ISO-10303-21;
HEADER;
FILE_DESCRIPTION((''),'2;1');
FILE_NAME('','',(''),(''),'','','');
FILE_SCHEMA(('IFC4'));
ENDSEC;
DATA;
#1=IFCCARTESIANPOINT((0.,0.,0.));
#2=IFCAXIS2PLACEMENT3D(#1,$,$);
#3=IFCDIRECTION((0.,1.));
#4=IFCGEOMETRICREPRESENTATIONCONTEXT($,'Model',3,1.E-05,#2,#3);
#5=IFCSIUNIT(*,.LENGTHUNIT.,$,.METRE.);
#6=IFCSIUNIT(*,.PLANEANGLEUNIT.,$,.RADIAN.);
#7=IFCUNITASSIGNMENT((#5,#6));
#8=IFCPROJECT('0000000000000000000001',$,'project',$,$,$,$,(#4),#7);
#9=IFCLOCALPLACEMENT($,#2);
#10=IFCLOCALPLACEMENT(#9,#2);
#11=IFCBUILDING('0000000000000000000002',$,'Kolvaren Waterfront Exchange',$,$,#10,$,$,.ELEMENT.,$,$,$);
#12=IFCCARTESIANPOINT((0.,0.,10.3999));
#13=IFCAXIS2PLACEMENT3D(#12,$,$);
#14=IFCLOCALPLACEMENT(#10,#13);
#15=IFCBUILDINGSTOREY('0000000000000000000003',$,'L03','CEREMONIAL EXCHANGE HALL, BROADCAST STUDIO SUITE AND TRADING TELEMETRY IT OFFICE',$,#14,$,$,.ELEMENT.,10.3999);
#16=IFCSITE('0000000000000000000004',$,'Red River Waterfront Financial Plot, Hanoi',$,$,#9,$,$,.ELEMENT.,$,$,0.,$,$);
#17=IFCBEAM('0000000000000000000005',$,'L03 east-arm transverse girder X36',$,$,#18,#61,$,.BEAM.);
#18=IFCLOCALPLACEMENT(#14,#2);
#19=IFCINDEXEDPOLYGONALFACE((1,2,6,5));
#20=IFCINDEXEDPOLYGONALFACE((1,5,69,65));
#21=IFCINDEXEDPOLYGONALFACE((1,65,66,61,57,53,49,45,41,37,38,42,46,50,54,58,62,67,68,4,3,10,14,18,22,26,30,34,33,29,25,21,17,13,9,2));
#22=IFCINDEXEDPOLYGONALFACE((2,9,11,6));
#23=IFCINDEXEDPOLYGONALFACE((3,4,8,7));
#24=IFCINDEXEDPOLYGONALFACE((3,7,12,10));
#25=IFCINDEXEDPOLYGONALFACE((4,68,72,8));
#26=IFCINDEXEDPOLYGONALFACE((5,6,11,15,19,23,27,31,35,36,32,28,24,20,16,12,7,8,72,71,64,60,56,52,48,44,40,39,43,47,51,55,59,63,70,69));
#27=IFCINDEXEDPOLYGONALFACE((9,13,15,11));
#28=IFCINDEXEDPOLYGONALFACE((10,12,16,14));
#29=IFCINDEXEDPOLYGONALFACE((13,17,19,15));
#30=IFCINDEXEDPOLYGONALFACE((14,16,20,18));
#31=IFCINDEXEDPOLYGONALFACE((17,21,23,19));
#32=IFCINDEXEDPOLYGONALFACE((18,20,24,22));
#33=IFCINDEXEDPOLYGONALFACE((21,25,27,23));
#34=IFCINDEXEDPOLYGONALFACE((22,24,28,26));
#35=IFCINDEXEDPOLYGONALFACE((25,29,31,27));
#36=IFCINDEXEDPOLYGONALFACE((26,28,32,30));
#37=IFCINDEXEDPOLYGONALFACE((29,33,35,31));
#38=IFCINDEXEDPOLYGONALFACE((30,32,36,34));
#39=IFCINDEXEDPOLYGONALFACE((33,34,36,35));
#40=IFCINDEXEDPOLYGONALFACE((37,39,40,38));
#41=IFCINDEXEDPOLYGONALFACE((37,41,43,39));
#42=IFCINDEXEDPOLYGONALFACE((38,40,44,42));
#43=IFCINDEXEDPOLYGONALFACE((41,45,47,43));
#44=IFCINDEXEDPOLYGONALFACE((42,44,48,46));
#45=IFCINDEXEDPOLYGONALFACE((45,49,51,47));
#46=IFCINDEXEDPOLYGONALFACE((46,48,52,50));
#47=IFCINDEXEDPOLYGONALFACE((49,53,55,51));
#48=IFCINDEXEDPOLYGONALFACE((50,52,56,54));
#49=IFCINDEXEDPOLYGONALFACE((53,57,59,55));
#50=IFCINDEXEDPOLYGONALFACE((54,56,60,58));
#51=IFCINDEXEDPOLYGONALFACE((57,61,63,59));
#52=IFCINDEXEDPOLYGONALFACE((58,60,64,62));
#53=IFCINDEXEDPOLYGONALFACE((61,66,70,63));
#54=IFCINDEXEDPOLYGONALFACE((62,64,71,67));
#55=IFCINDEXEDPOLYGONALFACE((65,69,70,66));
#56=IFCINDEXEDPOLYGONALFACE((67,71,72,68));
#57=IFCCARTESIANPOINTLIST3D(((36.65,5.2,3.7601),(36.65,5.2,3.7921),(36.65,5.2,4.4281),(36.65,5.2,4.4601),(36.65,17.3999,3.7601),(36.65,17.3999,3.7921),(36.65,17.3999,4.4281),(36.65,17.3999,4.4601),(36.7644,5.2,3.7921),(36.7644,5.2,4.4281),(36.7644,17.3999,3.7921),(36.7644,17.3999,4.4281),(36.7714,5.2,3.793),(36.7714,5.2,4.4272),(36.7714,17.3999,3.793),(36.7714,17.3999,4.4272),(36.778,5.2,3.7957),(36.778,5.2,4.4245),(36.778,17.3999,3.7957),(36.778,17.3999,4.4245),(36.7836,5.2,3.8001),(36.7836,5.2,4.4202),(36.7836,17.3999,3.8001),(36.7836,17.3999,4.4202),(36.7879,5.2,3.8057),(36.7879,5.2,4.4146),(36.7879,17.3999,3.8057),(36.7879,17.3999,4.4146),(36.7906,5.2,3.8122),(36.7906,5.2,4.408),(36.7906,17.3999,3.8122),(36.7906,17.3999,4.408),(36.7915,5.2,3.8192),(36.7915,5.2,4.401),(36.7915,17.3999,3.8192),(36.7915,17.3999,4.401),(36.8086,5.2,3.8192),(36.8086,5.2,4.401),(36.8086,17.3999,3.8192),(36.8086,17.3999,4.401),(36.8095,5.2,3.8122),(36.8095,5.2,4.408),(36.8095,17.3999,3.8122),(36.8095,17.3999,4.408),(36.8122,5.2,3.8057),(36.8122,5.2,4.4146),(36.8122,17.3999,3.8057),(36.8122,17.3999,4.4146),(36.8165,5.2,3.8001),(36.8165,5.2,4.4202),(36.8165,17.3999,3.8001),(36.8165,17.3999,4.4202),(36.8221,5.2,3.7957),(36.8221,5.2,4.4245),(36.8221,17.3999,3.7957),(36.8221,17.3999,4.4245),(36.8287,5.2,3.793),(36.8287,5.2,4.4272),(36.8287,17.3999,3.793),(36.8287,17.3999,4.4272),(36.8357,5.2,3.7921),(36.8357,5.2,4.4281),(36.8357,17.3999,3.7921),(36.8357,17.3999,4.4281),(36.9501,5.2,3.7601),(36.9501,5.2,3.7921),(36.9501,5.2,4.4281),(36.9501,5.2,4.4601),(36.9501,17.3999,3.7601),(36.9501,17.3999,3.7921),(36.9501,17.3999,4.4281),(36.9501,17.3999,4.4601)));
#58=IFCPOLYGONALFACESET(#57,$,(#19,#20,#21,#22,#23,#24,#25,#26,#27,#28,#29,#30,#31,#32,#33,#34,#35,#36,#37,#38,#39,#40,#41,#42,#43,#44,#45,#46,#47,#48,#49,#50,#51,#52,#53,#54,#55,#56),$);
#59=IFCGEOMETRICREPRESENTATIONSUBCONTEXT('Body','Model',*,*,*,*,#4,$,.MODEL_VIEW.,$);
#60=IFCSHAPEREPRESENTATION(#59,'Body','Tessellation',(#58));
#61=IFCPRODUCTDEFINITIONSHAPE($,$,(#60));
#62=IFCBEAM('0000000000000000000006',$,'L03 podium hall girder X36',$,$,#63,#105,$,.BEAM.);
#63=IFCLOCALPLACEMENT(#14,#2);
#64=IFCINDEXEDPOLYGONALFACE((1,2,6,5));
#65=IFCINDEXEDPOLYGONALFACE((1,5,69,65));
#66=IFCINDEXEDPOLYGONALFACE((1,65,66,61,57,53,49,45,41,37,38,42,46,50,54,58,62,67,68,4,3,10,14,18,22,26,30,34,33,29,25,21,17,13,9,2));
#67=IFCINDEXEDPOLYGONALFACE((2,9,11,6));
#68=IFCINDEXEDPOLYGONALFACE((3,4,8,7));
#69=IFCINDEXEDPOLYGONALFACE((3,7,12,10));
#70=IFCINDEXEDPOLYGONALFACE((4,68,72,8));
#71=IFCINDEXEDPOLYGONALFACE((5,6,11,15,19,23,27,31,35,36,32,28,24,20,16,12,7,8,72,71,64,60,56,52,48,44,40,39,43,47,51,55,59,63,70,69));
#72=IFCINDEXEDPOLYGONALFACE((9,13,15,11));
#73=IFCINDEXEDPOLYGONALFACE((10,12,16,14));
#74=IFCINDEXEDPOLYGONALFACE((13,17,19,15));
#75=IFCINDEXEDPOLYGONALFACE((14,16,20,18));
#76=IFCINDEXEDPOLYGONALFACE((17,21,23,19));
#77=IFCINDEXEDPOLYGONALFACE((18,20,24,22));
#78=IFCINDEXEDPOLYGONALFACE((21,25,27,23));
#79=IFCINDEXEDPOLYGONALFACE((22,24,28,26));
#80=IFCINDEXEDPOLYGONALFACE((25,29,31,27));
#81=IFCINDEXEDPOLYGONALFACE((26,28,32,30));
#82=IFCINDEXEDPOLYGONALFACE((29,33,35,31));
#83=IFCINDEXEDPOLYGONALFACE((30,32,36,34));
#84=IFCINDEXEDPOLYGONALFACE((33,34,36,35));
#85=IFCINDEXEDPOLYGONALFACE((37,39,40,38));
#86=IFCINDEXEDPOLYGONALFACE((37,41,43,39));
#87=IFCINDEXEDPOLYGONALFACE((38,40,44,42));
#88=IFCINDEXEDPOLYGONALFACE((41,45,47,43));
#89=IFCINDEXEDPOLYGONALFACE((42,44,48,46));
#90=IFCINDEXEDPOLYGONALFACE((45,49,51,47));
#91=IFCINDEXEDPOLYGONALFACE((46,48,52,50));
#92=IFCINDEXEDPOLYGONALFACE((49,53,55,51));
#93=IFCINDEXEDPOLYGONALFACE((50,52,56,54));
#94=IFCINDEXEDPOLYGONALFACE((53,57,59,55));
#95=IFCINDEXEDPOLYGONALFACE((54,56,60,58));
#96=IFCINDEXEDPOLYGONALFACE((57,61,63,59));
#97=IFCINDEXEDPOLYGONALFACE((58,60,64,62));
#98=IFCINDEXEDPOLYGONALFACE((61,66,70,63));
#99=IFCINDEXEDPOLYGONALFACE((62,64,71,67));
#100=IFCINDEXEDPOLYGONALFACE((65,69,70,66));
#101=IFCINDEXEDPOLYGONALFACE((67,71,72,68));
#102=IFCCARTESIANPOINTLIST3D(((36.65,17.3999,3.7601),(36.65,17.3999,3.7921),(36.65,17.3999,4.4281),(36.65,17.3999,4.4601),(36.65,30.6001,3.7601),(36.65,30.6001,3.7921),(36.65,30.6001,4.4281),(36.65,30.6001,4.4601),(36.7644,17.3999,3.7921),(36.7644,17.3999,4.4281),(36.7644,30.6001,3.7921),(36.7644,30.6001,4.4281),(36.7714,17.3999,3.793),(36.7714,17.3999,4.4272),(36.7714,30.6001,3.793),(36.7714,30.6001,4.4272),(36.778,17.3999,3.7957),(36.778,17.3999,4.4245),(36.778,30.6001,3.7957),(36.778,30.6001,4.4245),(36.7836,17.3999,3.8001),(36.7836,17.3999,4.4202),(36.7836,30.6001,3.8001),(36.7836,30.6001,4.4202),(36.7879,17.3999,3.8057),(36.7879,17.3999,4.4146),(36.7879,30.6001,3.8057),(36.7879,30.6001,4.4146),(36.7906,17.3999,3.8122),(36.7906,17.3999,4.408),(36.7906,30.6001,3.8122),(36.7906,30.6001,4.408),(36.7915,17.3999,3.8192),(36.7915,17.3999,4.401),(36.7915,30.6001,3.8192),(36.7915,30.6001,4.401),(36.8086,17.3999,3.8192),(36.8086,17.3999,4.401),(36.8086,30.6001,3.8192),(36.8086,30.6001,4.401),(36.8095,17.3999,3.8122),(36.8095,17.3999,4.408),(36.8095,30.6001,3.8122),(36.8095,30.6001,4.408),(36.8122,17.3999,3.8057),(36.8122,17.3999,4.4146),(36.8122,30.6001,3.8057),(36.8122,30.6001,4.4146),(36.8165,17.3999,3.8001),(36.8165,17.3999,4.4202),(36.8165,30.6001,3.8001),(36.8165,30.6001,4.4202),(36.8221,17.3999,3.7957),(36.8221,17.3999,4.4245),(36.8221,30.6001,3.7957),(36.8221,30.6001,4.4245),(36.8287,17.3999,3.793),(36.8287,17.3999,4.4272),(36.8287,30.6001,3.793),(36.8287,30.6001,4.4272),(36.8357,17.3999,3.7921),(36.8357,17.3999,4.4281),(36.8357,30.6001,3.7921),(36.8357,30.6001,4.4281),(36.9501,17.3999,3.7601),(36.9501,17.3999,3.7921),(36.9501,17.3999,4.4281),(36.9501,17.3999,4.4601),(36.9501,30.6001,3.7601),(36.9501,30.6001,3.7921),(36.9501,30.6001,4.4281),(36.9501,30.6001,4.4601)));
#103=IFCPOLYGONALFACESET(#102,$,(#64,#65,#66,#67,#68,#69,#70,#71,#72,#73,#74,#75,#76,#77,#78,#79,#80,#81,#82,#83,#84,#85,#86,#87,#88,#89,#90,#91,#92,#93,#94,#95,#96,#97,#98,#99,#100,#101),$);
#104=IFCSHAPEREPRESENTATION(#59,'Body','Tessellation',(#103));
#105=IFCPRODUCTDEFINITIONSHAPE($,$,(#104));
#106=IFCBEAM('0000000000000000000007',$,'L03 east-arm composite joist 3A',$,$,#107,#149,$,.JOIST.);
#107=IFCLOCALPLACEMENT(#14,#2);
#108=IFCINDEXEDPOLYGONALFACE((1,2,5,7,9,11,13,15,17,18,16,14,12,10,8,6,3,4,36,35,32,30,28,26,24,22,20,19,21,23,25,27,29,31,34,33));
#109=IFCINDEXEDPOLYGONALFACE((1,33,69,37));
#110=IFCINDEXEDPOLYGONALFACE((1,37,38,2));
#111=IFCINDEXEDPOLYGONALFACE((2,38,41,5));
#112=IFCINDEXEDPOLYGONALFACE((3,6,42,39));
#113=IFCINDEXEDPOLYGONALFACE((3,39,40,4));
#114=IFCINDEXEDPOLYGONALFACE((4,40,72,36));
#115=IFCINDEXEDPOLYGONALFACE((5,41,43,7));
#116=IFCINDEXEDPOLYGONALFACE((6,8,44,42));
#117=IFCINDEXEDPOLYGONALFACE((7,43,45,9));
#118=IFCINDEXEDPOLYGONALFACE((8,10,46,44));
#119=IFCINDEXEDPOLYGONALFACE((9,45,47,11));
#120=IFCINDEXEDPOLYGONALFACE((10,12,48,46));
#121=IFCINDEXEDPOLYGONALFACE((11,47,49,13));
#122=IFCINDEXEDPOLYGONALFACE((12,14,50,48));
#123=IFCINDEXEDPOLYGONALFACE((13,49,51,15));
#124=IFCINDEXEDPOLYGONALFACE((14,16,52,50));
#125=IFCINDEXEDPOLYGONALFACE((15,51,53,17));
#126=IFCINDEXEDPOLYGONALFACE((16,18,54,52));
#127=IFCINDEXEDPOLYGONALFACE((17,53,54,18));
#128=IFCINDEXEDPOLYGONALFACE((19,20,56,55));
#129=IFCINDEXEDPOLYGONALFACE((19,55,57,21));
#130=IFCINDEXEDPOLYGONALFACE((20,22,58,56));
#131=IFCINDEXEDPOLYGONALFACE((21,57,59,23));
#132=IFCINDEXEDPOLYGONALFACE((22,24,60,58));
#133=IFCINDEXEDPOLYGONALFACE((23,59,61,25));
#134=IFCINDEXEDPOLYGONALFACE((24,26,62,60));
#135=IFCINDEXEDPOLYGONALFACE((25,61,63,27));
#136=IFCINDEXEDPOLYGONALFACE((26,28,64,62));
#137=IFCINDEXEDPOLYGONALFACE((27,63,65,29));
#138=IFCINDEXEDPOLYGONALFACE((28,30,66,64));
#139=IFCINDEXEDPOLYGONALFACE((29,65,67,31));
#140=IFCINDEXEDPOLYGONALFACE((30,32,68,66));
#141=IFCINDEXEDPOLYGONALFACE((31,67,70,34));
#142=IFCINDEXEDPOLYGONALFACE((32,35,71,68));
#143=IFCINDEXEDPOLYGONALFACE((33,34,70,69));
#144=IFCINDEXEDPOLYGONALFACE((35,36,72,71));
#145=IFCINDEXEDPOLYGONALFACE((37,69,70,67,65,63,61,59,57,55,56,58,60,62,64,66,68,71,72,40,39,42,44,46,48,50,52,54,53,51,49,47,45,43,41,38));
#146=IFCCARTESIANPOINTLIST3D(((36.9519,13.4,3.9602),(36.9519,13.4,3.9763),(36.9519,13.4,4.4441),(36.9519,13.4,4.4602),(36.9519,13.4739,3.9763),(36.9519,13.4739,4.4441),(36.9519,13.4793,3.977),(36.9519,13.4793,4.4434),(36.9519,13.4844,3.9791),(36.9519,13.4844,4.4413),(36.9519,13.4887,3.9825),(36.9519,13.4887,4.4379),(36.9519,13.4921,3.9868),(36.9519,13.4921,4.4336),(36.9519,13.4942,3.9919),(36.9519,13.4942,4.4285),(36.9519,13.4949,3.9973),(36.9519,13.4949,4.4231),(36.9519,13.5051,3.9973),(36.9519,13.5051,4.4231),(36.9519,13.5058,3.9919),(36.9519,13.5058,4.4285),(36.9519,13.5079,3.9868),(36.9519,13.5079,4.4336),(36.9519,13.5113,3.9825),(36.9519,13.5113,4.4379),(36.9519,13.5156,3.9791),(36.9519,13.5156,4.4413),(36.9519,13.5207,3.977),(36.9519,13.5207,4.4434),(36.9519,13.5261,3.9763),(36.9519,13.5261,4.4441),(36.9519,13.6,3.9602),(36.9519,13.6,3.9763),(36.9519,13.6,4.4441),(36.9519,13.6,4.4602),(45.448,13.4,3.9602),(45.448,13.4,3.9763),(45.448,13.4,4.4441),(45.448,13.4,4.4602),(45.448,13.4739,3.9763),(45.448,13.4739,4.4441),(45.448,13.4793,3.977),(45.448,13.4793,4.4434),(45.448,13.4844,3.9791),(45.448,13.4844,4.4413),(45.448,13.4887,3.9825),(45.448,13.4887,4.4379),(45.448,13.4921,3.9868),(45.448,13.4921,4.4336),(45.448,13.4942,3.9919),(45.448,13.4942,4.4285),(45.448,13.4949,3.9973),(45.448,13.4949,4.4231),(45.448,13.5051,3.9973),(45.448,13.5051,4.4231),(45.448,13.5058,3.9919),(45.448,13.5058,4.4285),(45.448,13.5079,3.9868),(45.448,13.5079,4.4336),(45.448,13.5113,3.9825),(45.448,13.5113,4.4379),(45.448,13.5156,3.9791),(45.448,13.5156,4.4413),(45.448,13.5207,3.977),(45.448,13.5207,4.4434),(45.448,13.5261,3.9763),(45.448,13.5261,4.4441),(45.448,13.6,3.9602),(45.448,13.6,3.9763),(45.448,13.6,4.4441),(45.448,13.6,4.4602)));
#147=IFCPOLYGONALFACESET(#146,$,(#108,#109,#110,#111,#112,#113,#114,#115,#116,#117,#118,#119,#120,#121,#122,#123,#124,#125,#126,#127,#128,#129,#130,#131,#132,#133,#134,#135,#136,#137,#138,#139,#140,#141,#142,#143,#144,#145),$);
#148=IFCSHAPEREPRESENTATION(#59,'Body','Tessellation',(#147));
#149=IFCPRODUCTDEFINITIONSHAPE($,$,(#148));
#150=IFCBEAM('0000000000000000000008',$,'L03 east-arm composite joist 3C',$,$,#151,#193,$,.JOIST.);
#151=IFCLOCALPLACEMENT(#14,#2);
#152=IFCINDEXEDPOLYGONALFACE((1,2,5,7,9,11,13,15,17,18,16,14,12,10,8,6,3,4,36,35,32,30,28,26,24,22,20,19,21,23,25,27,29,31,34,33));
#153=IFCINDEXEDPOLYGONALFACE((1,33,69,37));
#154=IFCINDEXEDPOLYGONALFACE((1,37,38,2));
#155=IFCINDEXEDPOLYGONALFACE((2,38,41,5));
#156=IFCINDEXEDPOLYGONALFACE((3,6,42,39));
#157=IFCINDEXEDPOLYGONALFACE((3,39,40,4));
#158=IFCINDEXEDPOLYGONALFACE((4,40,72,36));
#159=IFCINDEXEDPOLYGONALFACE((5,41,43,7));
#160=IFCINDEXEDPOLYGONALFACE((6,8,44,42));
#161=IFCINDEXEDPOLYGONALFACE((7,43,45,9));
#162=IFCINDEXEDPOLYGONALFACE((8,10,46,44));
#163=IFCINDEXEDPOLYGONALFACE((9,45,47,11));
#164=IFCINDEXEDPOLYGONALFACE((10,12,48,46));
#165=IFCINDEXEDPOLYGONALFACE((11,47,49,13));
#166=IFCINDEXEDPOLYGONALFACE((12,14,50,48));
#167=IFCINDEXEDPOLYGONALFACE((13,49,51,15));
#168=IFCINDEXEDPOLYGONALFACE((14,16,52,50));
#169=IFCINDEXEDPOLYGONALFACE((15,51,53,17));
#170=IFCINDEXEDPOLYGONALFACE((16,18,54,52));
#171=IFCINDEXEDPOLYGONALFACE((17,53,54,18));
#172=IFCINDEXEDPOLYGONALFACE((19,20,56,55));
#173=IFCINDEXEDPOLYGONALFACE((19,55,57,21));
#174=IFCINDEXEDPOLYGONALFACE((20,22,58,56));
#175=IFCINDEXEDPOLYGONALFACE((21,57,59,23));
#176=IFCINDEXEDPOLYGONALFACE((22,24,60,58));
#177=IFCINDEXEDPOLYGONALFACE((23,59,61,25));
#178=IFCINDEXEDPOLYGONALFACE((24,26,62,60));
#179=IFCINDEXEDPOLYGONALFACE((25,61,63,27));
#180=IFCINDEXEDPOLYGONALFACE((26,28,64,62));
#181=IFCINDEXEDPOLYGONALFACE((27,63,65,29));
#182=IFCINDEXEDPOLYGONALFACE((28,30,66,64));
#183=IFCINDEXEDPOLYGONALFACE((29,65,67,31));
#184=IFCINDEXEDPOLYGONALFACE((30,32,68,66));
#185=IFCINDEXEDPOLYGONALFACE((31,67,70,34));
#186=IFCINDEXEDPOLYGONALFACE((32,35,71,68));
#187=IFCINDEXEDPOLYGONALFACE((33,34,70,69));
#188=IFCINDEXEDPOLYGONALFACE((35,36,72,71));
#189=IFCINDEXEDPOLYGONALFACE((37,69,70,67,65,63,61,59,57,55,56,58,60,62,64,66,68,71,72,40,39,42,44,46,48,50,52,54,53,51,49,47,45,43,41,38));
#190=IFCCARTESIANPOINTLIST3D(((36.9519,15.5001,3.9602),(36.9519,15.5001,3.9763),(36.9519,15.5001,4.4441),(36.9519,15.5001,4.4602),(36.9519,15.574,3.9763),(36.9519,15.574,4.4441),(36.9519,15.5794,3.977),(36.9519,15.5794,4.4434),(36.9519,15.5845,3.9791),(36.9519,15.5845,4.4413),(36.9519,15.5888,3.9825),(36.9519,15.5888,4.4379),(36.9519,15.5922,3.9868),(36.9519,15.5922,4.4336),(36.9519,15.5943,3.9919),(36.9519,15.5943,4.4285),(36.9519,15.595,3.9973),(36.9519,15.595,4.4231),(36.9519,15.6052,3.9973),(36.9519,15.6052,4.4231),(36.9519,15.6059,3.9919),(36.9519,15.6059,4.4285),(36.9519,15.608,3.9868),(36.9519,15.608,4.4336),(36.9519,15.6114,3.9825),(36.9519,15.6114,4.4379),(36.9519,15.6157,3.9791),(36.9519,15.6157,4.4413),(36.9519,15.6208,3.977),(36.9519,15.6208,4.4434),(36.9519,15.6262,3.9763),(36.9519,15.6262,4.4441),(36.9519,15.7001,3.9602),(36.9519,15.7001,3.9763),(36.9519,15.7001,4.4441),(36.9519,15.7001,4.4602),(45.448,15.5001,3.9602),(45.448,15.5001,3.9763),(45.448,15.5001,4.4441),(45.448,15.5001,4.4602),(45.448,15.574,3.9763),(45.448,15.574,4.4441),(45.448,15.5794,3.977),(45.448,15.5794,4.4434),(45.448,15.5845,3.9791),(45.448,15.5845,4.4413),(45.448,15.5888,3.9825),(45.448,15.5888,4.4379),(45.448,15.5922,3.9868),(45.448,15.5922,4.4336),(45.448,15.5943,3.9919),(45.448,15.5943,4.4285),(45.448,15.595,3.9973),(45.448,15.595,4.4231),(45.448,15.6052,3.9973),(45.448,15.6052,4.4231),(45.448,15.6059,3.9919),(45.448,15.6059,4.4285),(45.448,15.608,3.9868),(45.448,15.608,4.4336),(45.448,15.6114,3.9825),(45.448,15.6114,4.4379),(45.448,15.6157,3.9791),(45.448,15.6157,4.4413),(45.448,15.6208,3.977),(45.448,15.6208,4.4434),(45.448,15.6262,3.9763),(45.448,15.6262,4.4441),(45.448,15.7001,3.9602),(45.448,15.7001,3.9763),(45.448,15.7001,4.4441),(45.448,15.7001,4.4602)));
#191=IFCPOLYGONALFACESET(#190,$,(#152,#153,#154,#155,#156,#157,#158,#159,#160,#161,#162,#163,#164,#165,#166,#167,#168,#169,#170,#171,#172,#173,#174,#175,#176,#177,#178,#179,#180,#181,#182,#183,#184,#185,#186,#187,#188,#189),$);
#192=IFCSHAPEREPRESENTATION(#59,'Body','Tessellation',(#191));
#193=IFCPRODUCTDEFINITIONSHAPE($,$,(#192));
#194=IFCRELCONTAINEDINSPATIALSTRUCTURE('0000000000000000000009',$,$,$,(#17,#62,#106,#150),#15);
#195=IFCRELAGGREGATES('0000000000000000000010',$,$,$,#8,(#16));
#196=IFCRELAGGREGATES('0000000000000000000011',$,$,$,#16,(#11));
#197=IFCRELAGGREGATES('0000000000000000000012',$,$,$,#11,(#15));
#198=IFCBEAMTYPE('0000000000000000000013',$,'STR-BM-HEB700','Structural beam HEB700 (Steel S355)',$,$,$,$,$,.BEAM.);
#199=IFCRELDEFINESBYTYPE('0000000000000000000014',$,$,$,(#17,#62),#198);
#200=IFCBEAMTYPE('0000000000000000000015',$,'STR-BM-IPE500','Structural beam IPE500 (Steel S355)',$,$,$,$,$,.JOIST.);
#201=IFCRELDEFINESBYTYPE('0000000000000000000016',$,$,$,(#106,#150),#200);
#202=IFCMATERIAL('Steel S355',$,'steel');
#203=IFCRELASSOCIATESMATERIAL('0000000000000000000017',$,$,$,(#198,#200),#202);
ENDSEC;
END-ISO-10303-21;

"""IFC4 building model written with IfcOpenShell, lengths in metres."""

from ifc_helpers import new_model, si_unit, direction, frame, origin, origin_2d, place, context, subcontext, project, spatial, i_section, extrude, material, material_profile, profile_set, type_object, element, save


model = new_model("IFC4")

# Units and contexts
model_context = context("Model", 3, precision=1e-05, world=origin(), true_north=direction((0.0, 1.0)))
body_context = subcontext(model_context, "Body", "Model", "MODEL_VIEW")
ifc_project = project(units=[si_unit("LENGTHUNIT", "METRE"), si_unit("PLANEANGLEUNIT", "RADIAN")], contexts=[model_context])

# Site, building, storey
site_placement = place(None, origin())
site = spatial("IfcSite", under=ifc_project, at=site_placement, Name="Red River Waterfront Financial Plot, Hanoi", CompositionType="ELEMENT", RefElevation=0.0)
building_placement = place(site_placement, origin())
building = spatial("IfcBuilding", under=site, at=building_placement, Name="Kolvaren Waterfront Exchange", CompositionType="ELEMENT")
storey_placement = place(building_placement, frame((0.0, 0.0, 10.3999)))
storey = spatial("IfcBuildingStorey", under=building, at=storey_placement, Name="L03", Description="CEREMONIAL EXCHANGE HALL, BROADCAST STUDIO SUITE AND TRADING TELEMETRY IT OFFICE", CompositionType="ELEMENT", Elevation=10.3999)

# Beams
ifc_material_1 = material(Name="Steel S355", Category="steel")
ifc_material_profile_1 = material_profile(ifc_material_1, i_section(OverallWidth=0.3, OverallDepth=0.7, WebThickness=0.0171, FlangeThickness=0.032, FilletRadius=0.0271, at=origin_2d()), Name="HEB700")
ifc_profile_set_1 = profile_set([ifc_material_profile_1], Name="Steel S355")
beam_type_1 = type_object("IfcBeamType", Name="STR-BM-HEB700", Description="Structural beam HEB700 (Steel S355)", PredefinedType="BEAM", material=ifc_profile_set_1)
beam_1_placement = place(storey_placement, frame((36.8, 5.2, 4.1101), z_axis=(0.0, 1.0, 0.0), x_axis=(-1.0, 0.0, 0.0)))
element("IfcBeam", 1, at=beam_1_placement, inside=storey, type_object=beam_type_1, Name="L03 east-arm transverse girder X36", PredefinedType="BEAM", context=body_context, shape_type="SweptSolid", body=[
    extrude(i_section(OverallWidth=0.3, OverallDepth=0.7, WebThickness=0.0171, FlangeThickness=0.032, FilletRadius=0.0271, at=origin_2d()), origin(), (0.0, 0.0, 1.0), 12.2),
])
beam_2_placement = place(storey_placement, frame((36.8, 17.3999, 4.1101), z_axis=(0.0, 1.0, 0.0), x_axis=(-1.0, 0.0, 0.0)))
element("IfcBeam", 2, at=beam_2_placement, inside=storey, type_object=beam_type_1, Name="L03 podium hall girder X36", PredefinedType="BEAM", context=body_context, shape_type="SweptSolid", body=[
    extrude(i_section(OverallWidth=0.3, OverallDepth=0.7, WebThickness=0.0171, FlangeThickness=0.032, FilletRadius=0.0271, at=origin_2d()), origin(), (0.0, 0.0, 1.0), 13.2002),
])
ifc_material_profile_2 = material_profile(ifc_material_1, i_section(OverallWidth=0.2, OverallDepth=0.5, WebThickness=0.0103, FlangeThickness=0.0161, FilletRadius=0.021, at=origin_2d()), Name="IPE500")
ifc_profile_set_2 = profile_set([ifc_material_profile_2], Name="Steel S355")
beam_type_2 = type_object("IfcBeamType", Name="STR-BM-IPE500", Description="Structural beam IPE500 (Steel S355)", PredefinedType="JOIST", material=ifc_profile_set_2)
for number, where, z_axis, x_axis, name in (
    (3, (36.9519, 13.5, 4.2102), (1.0, 0.0, 0.0), (0.0, 1.0, 0.0), "L03 east-arm composite joist 3A"),
    (4, (36.9519, 15.6001, 4.2102), (1.0, 0.0, 0.0), (0.0, 1.0, 0.0), "L03 east-arm composite joist 3C"),
):
    element("IfcBeam", number, at=place(storey_placement, frame(where, z_axis=z_axis, x_axis=x_axis)), inside=storey, type_object=beam_type_2, Name=name, PredefinedType="JOIST", context=body_context, shape_type="SweptSolid", body=[
        extrude(i_section(OverallWidth=0.2, OverallDepth=0.5, WebThickness=0.0103, FlangeThickness=0.0161, FilletRadius=0.021, at=origin_2d()), origin(), (0.0, 0.0, 1.0), 8.4961),
    ])

save(model, "model.ifc")
